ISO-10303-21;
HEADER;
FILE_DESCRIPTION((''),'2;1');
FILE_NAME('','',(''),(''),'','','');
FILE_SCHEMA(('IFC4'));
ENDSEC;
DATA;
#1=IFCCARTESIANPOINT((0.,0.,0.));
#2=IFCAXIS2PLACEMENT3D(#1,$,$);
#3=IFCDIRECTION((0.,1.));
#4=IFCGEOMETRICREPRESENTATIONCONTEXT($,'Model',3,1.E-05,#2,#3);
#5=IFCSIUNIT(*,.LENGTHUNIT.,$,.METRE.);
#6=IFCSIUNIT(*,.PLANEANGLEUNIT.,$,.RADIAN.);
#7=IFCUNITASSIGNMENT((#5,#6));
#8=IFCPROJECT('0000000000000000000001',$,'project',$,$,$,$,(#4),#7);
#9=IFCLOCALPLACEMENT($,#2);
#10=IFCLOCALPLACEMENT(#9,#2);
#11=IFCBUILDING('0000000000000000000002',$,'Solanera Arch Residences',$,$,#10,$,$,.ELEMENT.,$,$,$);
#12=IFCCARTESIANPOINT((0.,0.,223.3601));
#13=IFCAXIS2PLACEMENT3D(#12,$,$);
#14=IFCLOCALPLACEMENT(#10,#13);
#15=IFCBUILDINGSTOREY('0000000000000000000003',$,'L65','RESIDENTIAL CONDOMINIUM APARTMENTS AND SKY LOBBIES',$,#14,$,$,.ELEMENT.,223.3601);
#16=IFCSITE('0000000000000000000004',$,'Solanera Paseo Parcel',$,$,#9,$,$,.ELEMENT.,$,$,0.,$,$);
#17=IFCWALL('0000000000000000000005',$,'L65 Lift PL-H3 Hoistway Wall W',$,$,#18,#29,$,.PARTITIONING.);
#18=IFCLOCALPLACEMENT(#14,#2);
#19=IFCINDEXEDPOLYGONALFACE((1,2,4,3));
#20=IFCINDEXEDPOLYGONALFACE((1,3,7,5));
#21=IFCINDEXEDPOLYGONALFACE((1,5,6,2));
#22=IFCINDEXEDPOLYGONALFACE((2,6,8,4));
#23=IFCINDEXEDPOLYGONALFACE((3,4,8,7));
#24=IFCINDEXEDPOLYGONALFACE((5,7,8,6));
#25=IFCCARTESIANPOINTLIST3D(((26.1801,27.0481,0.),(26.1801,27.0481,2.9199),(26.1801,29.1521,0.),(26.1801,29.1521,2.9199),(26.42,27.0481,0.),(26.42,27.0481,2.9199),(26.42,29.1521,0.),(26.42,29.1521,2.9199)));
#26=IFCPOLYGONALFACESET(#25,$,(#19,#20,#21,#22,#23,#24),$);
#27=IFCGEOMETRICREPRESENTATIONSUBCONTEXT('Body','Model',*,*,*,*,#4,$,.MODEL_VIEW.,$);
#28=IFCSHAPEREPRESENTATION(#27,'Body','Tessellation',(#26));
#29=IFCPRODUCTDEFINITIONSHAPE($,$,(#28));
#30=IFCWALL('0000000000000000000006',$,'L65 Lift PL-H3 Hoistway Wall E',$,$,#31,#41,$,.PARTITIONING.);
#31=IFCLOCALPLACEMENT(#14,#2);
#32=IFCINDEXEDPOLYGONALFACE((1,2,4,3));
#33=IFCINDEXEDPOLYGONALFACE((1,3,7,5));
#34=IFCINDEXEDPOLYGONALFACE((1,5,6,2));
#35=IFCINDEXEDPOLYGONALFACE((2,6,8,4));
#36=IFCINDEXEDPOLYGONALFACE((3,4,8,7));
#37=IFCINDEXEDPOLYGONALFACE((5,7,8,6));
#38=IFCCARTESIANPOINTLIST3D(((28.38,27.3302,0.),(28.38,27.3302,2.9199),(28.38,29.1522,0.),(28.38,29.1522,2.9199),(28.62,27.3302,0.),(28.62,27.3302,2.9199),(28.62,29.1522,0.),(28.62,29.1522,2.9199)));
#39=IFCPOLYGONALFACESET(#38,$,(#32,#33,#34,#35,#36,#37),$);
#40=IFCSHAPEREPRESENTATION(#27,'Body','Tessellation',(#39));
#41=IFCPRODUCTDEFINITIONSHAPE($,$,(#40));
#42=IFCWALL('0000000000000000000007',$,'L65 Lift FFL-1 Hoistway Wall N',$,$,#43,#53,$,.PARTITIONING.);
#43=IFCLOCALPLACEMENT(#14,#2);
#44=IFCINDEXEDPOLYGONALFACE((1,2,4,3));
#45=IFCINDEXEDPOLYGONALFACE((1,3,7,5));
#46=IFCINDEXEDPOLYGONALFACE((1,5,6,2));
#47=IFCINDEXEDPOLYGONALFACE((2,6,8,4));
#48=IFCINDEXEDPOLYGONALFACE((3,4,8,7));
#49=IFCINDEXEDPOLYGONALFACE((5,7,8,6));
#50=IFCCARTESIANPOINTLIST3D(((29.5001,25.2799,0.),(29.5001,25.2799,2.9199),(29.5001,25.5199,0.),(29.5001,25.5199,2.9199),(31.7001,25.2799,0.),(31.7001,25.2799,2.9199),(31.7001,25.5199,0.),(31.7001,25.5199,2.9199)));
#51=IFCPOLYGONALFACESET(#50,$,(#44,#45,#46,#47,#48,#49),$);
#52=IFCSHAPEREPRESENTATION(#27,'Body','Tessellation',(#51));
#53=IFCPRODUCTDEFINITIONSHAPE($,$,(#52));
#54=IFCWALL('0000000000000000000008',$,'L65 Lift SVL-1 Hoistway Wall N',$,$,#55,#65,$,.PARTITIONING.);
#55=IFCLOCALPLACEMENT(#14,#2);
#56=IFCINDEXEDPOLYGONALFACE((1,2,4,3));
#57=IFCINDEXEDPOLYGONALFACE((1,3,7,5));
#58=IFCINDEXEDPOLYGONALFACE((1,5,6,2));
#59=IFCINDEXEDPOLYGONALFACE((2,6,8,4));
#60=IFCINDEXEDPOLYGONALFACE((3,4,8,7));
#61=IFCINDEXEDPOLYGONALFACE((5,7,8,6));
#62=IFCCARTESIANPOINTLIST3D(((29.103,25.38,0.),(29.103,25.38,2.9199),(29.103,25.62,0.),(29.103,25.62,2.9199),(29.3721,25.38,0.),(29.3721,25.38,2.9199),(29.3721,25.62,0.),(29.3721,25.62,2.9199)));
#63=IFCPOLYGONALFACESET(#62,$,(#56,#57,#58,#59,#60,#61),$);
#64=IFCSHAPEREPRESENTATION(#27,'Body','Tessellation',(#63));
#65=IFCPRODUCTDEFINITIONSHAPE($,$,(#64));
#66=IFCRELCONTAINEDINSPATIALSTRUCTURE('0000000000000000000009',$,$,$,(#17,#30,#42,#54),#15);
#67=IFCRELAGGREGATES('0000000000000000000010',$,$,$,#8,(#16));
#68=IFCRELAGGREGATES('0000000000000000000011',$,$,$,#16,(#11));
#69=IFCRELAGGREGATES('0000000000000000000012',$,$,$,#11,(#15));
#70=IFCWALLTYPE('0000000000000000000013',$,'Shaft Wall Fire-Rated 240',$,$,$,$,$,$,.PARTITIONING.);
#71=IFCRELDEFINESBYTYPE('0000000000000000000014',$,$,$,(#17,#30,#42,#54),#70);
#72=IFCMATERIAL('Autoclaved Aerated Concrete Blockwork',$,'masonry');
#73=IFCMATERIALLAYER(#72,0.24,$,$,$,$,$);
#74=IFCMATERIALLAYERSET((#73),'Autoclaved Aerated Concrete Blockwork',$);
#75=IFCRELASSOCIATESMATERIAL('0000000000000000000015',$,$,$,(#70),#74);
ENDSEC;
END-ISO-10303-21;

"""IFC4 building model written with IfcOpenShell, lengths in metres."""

from ifc_helpers import new_model, si_unit, direction, frame, frame_2d, origin, place, context, subcontext, project, spatial, rectangle, extrude, material, layer, layer_set, type_object, element, save


model = new_model("IFC4")

# Units and contexts
model_context = context("Model", 3, precision=1e-05, world=origin(), true_north=direction((0.0, 1.0)))
body_context = subcontext(model_context, "Body", "Model", "MODEL_VIEW")
ifc_project = project(units=[si_unit("LENGTHUNIT", "METRE"), si_unit("PLANEANGLEUNIT", "RADIAN")], contexts=[model_context])

# Site, building, storey
site_placement = place(None, origin())
site = spatial("IfcSite", under=ifc_project, at=site_placement, Name="Solanera Paseo Parcel", CompositionType="ELEMENT", RefElevation=0.0)
building_placement = place(site_placement, origin())
building = spatial("IfcBuilding", under=site, at=building_placement, Name="Solanera Arch Residences", CompositionType="ELEMENT")
storey_placement = place(building_placement, frame((0.0, 0.0, 223.3601)))
storey = spatial("IfcBuildingStorey", under=building, at=storey_placement, Name="L65", Description="RESIDENTIAL CONDOMINIUM APARTMENTS AND SKY LOBBIES", CompositionType="ELEMENT", Elevation=223.3601)

# Walls
ifc_material_1 = material(Name="Autoclaved Aerated Concrete Blockwork", Category="masonry")
ifc_layer_1 = layer(ifc_material_1, 0.24)
ifc_layer_set_1 = layer_set([ifc_layer_1], Name="Autoclaved Aerated Concrete Blockwork")
wall_type_1 = type_object("IfcWallType", Name="Shaft Wall Fire-Rated 240", PredefinedType="PARTITIONING", material=ifc_layer_set_1)
wall_1_placement = place(storey_placement, frame((26.3, 27.0481, 0.0), z_axis=(0.0, 0.0, 1.0), x_axis=(0.0, 1.0, 0.0)))
element("IfcWall", 1, at=wall_1_placement, inside=storey, type_object=wall_type_1, Name="L65 Lift PL-H3 Hoistway Wall W", PredefinedType="PARTITIONING", context=body_context, shape_type="SweptSolid", body=[
    extrude(rectangle(XDim=2.104, YDim=0.24, at=frame_2d((1.052, 0.0))), origin(), (0.0, 0.0, 1.0), 2.9199),
])
wall_2_placement = place(storey_placement, frame((28.5, 27.3301, 0.0), z_axis=(0.0, 0.0, 1.0), x_axis=(0.0, 1.0, 0.0)))
element("IfcWall", 2, at=wall_2_placement, inside=storey, type_object=wall_type_1, Name="L65 Lift PL-H3 Hoistway Wall E", PredefinedType="PARTITIONING", context=body_context, shape_type="SweptSolid", body=[
    extrude(rectangle(XDim=1.822, YDim=0.24, at=frame_2d((0.9111, 0.0))), origin(), (0.0, 0.0, 1.0), 2.9199),
])
wall_3_placement = place(storey_placement, frame((29.5, 25.3999, 0.0), z_axis=(0.0, 0.0, 1.0), x_axis=(1.0, 0.0, 0.0)))
element("IfcWall", 3, at=wall_3_placement, inside=storey, type_object=wall_type_1, Name="L65 Lift FFL-1 Hoistway Wall N", PredefinedType="PARTITIONING", context=body_context, shape_type="SweptSolid", body=[
    extrude(rectangle(XDim=2.2, YDim=0.24, at=frame_2d((1.1001, 0.0))), origin(), (0.0, 0.0, 1.0), 2.9199),
])
wall_4_placement = place(storey_placement, frame((29.103, 25.5, 0.0), z_axis=(0.0, 0.0, 1.0), x_axis=(1.0, 0.0, 0.0)))
element("IfcWall", 4, at=wall_4_placement, inside=storey, type_object=wall_type_1, Name="L65 Lift SVL-1 Hoistway Wall N", PredefinedType="PARTITIONING", context=body_context, shape_type="SweptSolid", body=[
    extrude(rectangle(XDim=0.269, YDim=0.24, at=frame_2d((0.1345, 0.0))), origin(), (0.0, 0.0, 1.0), 2.9199),
])

save(model, "model.ifc")
